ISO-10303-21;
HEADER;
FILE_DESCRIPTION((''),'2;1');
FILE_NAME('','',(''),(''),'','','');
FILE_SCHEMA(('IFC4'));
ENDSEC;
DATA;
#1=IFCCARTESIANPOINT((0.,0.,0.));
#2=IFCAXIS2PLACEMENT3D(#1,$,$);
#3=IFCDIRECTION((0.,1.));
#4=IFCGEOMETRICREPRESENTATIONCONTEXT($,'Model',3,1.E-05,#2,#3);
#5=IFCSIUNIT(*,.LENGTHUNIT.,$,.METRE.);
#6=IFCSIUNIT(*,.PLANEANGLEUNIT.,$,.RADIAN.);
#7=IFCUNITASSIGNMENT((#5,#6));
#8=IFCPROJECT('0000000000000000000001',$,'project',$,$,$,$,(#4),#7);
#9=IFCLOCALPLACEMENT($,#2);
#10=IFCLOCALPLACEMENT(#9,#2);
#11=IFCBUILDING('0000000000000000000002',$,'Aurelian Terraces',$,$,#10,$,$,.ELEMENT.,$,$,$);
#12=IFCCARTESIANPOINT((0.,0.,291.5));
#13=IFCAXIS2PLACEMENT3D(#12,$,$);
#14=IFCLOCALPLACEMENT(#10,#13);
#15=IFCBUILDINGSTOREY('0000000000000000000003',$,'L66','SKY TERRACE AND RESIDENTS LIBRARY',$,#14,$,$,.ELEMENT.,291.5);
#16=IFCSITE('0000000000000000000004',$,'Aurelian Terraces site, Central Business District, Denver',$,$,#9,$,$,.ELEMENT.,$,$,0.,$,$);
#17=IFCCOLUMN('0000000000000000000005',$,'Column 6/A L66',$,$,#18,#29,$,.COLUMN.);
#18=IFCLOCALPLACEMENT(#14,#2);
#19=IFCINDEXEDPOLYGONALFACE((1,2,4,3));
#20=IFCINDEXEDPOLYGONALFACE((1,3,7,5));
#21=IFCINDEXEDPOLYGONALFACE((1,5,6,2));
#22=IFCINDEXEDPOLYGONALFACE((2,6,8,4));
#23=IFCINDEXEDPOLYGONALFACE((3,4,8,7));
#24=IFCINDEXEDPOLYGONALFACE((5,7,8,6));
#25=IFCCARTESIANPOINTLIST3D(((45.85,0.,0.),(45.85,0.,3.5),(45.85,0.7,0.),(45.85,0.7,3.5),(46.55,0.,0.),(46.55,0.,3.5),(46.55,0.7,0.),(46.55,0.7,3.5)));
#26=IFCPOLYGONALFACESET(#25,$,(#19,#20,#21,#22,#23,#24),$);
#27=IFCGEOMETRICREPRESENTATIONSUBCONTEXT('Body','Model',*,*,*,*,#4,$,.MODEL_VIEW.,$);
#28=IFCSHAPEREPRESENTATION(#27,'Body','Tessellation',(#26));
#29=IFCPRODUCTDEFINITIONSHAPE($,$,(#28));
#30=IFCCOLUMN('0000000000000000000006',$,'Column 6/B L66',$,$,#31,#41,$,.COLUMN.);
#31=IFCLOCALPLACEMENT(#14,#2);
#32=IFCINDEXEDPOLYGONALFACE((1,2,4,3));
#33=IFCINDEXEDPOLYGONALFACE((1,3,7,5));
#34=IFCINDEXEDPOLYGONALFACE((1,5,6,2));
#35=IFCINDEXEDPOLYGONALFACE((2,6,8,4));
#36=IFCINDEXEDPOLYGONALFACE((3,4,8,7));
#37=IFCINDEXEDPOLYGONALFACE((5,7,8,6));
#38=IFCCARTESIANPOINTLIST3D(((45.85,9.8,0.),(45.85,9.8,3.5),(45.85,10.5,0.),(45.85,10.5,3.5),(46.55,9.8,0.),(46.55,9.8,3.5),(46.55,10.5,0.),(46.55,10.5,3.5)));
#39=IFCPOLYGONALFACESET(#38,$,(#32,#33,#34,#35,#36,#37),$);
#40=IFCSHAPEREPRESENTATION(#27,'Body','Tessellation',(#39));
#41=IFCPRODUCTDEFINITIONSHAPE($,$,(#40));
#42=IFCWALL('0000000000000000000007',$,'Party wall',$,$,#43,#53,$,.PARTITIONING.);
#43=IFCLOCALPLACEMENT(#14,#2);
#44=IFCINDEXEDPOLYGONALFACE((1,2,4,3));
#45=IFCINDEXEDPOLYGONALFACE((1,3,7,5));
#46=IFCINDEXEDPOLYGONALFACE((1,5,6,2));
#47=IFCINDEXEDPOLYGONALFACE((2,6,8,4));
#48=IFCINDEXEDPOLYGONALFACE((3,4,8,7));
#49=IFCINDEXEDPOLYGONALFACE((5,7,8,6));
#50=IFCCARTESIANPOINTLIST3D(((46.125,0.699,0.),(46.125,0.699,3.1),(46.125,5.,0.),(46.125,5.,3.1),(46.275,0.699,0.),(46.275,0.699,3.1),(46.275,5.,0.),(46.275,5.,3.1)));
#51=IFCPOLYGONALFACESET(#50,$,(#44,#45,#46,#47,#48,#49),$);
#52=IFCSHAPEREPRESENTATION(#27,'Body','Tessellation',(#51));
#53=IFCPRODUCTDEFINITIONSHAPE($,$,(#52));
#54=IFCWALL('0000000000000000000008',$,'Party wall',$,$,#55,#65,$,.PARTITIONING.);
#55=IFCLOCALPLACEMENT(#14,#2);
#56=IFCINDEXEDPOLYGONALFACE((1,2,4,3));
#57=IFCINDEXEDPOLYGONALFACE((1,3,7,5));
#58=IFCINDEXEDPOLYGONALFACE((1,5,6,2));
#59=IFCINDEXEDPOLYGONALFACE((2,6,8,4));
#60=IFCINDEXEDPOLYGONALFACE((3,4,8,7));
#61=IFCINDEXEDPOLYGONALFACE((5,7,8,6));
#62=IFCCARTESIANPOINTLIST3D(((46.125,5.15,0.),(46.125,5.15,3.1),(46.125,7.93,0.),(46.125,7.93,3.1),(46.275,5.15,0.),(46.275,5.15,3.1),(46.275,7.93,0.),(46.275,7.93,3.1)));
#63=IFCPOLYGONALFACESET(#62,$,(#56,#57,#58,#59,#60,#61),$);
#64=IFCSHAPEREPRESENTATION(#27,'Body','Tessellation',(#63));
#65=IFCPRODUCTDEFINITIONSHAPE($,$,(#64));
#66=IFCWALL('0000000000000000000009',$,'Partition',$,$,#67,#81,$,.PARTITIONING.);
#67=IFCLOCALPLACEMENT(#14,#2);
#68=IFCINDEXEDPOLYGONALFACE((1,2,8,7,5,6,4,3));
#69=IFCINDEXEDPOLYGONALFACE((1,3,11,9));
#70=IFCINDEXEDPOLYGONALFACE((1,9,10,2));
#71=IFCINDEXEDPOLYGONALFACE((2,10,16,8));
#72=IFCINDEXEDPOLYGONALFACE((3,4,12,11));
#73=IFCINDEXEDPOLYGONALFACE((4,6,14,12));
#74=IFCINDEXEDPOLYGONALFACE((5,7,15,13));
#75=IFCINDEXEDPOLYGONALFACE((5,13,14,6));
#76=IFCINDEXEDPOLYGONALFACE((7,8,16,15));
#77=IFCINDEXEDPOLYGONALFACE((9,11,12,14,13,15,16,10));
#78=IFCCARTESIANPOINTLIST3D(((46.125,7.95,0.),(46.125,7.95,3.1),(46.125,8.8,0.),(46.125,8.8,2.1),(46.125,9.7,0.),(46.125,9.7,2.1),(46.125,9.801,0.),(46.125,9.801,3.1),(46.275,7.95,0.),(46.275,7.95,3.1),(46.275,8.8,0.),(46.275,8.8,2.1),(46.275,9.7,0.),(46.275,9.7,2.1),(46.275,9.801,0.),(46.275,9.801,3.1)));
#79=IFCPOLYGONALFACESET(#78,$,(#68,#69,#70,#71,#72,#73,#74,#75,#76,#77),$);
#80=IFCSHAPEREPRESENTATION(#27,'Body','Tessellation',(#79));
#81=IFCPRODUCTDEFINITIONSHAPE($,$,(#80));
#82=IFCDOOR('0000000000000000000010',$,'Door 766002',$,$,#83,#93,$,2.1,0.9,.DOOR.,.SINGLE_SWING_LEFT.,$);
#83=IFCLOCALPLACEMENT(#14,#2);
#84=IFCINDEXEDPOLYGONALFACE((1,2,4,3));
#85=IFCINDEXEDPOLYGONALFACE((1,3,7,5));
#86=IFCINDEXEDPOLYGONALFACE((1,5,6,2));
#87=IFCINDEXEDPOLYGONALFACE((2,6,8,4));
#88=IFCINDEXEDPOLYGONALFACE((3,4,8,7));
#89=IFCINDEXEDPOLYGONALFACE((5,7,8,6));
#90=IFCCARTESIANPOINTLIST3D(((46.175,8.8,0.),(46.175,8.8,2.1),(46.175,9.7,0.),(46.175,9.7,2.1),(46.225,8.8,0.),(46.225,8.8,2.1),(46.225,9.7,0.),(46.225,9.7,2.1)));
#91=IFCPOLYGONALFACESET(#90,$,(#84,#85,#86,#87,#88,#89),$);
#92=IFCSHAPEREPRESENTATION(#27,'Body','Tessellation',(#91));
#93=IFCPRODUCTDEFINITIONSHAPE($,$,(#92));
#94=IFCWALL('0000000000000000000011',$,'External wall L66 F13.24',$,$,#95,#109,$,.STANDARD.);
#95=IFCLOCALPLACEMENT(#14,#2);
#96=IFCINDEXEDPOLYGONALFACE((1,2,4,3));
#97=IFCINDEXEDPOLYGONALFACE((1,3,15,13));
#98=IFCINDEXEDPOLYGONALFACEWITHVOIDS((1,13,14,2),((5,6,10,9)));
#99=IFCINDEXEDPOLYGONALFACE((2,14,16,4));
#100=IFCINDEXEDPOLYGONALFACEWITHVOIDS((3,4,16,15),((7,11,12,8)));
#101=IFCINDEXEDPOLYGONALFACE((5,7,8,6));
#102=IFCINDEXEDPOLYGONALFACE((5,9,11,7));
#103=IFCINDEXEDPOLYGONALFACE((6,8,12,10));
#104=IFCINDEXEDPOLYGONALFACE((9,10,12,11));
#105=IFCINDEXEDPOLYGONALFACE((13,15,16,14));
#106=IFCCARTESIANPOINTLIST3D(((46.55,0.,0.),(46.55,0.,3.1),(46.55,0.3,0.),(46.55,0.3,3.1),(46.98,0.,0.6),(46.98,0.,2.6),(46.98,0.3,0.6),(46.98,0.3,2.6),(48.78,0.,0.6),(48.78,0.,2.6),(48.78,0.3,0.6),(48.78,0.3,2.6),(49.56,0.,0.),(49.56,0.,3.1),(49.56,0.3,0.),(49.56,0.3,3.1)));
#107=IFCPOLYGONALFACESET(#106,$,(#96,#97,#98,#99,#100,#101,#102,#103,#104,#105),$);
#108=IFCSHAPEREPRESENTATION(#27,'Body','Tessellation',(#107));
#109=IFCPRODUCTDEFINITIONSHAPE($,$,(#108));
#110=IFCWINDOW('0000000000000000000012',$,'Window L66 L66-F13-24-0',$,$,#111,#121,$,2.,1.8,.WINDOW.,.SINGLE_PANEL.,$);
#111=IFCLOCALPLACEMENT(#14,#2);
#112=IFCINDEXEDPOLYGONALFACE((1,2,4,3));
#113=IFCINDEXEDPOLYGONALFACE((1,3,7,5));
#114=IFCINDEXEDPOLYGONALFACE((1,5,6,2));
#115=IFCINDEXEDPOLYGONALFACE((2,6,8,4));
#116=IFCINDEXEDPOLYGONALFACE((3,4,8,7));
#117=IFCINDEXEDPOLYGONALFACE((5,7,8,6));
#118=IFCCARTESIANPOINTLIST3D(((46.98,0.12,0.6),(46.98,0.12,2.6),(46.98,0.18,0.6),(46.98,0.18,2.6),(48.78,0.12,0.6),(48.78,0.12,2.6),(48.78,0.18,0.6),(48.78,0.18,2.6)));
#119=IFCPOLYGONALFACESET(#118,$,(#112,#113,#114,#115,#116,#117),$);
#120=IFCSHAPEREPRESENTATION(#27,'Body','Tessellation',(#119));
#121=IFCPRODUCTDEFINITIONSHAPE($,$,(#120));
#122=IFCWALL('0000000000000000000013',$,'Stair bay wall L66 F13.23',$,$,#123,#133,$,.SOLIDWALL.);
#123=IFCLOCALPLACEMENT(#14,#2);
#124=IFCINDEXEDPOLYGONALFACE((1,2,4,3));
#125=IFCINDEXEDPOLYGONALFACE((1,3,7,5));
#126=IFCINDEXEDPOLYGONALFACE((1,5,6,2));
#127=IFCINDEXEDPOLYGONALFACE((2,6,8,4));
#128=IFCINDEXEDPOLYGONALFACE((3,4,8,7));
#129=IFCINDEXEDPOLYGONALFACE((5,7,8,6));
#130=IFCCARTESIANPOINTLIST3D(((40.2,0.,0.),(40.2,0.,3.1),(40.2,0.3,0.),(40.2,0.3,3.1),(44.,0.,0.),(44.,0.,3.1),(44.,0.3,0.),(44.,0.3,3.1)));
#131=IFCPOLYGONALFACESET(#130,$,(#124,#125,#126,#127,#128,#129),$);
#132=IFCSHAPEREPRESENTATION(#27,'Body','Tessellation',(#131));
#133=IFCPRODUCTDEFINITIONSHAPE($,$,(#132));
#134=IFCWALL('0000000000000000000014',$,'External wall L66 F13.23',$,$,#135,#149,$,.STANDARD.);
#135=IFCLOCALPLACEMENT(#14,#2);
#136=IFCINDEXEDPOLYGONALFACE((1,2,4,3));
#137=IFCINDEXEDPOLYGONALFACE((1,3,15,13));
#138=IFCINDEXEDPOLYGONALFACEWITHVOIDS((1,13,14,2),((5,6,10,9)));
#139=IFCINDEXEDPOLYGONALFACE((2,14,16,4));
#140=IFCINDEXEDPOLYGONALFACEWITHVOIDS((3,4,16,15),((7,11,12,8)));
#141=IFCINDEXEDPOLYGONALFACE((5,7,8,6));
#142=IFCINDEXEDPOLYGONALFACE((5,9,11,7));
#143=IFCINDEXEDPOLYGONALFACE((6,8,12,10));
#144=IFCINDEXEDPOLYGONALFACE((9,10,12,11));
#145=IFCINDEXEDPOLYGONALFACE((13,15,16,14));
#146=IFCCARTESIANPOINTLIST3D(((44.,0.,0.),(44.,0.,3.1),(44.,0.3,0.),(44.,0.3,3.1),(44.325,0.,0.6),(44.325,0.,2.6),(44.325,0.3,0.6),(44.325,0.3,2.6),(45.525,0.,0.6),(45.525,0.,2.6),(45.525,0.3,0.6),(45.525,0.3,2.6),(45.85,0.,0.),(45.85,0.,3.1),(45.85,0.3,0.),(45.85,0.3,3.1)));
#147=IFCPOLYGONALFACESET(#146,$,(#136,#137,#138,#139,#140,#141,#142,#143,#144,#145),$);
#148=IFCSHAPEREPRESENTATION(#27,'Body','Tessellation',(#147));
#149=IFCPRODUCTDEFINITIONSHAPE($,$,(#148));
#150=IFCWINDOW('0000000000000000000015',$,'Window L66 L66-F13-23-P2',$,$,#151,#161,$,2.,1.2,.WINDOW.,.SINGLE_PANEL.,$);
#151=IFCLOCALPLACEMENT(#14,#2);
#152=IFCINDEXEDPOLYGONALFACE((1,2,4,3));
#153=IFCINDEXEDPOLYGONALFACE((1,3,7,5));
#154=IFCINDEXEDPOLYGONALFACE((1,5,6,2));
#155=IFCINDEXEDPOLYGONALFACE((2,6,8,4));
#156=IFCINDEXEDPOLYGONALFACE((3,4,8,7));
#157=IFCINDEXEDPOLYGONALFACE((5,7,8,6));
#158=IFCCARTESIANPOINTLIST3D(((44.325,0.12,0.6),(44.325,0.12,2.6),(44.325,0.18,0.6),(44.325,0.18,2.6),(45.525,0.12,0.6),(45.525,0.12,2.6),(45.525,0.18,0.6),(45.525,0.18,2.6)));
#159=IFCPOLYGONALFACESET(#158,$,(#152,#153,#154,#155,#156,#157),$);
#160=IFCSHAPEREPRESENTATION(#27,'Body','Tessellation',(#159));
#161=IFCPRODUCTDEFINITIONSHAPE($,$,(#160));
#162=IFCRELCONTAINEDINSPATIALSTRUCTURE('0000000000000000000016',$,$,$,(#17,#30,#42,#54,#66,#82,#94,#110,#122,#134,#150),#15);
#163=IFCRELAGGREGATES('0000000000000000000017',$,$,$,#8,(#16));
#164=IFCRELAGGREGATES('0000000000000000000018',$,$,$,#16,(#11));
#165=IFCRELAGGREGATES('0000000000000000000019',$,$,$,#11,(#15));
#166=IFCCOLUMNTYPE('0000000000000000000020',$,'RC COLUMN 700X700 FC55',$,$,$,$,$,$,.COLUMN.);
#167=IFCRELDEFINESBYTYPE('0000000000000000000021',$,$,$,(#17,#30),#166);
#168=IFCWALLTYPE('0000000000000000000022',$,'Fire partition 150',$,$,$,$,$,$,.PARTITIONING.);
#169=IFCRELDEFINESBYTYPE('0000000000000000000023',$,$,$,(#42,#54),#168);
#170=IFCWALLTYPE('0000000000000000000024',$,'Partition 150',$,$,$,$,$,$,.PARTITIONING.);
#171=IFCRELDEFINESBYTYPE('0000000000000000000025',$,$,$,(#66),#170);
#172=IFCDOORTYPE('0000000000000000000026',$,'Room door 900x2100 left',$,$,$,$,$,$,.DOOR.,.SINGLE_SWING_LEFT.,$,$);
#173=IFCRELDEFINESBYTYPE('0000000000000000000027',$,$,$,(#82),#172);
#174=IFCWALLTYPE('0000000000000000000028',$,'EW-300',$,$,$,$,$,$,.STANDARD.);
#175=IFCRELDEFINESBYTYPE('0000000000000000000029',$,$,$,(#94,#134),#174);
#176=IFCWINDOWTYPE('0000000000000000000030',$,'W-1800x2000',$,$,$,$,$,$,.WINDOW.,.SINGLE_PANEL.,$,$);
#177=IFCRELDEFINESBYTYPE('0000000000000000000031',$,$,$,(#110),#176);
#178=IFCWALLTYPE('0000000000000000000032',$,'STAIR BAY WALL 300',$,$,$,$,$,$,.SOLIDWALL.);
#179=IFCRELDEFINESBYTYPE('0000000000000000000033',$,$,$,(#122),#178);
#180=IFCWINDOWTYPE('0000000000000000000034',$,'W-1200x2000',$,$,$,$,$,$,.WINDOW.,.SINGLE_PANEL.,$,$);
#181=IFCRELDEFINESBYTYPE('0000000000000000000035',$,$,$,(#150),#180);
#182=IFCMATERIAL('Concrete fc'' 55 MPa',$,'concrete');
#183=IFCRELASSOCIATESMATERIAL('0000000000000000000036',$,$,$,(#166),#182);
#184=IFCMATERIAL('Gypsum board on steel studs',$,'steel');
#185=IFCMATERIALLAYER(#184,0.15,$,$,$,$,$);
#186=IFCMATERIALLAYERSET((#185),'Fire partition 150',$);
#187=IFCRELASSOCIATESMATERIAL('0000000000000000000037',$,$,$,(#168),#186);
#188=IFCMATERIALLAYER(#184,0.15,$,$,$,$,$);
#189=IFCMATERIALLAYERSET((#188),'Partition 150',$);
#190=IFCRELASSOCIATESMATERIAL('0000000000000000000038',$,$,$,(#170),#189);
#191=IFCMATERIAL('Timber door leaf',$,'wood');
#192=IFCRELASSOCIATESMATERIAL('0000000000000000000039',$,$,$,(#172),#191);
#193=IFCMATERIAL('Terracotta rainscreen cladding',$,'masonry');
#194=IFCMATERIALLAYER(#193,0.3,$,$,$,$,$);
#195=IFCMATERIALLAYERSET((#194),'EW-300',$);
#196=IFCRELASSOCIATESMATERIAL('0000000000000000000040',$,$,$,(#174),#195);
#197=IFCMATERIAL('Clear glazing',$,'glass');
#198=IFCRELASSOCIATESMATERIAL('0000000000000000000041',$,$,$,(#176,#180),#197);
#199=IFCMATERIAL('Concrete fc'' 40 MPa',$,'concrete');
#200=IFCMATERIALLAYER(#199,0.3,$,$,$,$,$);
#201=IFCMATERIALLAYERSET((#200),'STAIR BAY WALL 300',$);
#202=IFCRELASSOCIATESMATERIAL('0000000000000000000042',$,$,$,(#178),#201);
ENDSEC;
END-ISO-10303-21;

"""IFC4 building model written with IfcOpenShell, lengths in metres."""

from ifc_helpers import new_model, si_unit, direction, frame, frame_2d, origin, origin_2d, place, context, subcontext, project, spatial, rectangle, extrude, source, transform, mapped, material, layer, layer_set, material_profile, profile_set, type_object, element, fill, save


model = new_model("IFC4")

# Units and contexts
model_context = context("Model", 3, precision=1e-05, world=origin(), true_north=direction((0.0, 1.0)))
body_context = subcontext(model_context, "Body", "Model", "MODEL_VIEW")
ifc_project = project(units=[si_unit("LENGTHUNIT", "METRE"), si_unit("PLANEANGLEUNIT", "RADIAN")], contexts=[model_context])

# Site, building, storey
site_placement = place(None, origin())
site = spatial("IfcSite", under=ifc_project, at=site_placement, Name="Aurelian Terraces site, Central Business District, Denver", CompositionType="ELEMENT", RefElevation=0.0)
building_placement = place(site_placement, origin())
building = spatial("IfcBuilding", under=site, at=building_placement, Name="Aurelian Terraces", CompositionType="ELEMENT")
storey_placement = place(building_placement, frame((0.0, 0.0, 291.5)))
storey = spatial("IfcBuildingStorey", under=building, at=storey_placement, Name="L66", Description="SKY TERRACE AND RESIDENTS LIBRARY", CompositionType="ELEMENT", Elevation=291.5)

# Columns
ifc_material_1 = material(Name="Concrete fc' 55 MPa", Category="concrete")
ifc_material_profile = material_profile(ifc_material_1, rectangle(XDim=0.7, YDim=0.7, at=origin_2d()))
ifc_profile_set = profile_set([ifc_material_profile], Name="Concrete fc' 55 MPa")
column_type = type_object("IfcColumnType", Name="RC COLUMN 700X700 FC55", PredefinedType="COLUMN", material=ifc_profile_set)
shared_shape_1 = source(origin(), body_context, "Body", "SweptSolid", [
    extrude(rectangle(XDim=0.7, YDim=0.7, at=origin_2d()), origin(), (0.0, 0.0, 1.0), 3.5),
])
for number, where, z_axis, x_axis, name in (
    (1, (46.2, 0.35, 0.0), (0.0, 0.0, 1.0), (1.0, 0.0, 0.0), "Column 6/A L66"),
    (2, (46.2, 10.15, 0.0), (0.0, 0.0, 1.0), (1.0, 0.0, 0.0), "Column 6/B L66"),
):
    element("IfcColumn", number, at=place(storey_placement, frame(where, z_axis=z_axis, x_axis=x_axis)), inside=storey, type_object=column_type, Name=name, PredefinedType="COLUMN", context=body_context, shape_type="MappedRepresentation", body=[
        mapped(shared_shape_1, transform((0.0, 0.0, 0.0), scale=1.0)),
    ])

# Walls
ifc_material_2 = material(Name="Gypsum board on steel studs", Category="steel")
ifc_layer_1 = layer(ifc_material_2, 0.15)
ifc_layer_set_1 = layer_set([ifc_layer_1], Name="Fire partition 150")
wall_type_1 = type_object("IfcWallType", Name="Fire partition 150", PredefinedType="PARTITIONING", material=ifc_layer_set_1)
wall_1_placement = place(storey_placement, frame((46.2, 0.699, 0.0), z_axis=(0.0, 0.0, 1.0), x_axis=(0.0, 1.0, 0.0)))
element("IfcWall", 3, at=wall_1_placement, inside=storey, type_object=wall_type_1, Name="Party wall", PredefinedType="PARTITIONING", context=body_context, shape_type="SweptSolid", body=[
    extrude(rectangle(XDim=4.301, YDim=0.15, at=frame_2d((2.1505, 0.0))), origin(), (0.0, 0.0, 1.0), 3.1),
])
wall_2_placement = place(storey_placement, frame((46.2, 5.15, 0.0), z_axis=(0.0, 0.0, 1.0), x_axis=(0.0, 1.0, 0.0)))
element("IfcWall", 4, at=wall_2_placement, inside=storey, type_object=wall_type_1, Name="Party wall", PredefinedType="PARTITIONING", context=body_context, shape_type="SweptSolid", body=[
    extrude(rectangle(XDim=2.78, YDim=0.15, at=frame_2d((1.39, 0.0))), origin(), (0.0, 0.0, 1.0), 3.1),
])

# Wall, opening, door
ifc_layer_2 = layer(ifc_material_2, 0.15)
ifc_layer_set_2 = layer_set([ifc_layer_2], Name="Partition 150")
wall_type_2 = type_object("IfcWallType", Name="Partition 150", PredefinedType="PARTITIONING", material=ifc_layer_set_2)
wall_3_placement = place(storey_placement, frame((46.2, 9.801, 0.0), z_axis=(0.0, 0.0, 1.0), x_axis=(0.0, -1.0, 0.0)))
wall_3 = element("IfcWall", 5, at=wall_3_placement, inside=storey, type_object=wall_type_2, Name="Partition", PredefinedType="PARTITIONING", context=body_context, shape_type="SweptSolid", body=[
    extrude(rectangle(XDim=1.851, YDim=0.15, at=frame_2d((0.9255, 0.0))), origin(), (0.0, 0.0, 1.0), 3.1),
])
shared_shape_2 = source(origin(), body_context, "Body", "SweptSolid", [
    extrude(rectangle(XDim=0.9, YDim=2.1, at=frame_2d((0.45, 1.05))), frame((0.0, 0.085, 0.0), z_axis=(0.0, -1.0, 0.0), x_axis=(1.0, 0.0, 0.0)), (0.0, 0.0, 1.0), 0.17),
])
opening_1_placement = place(wall_3_placement, frame((0.101, 0.0, 0.0)))
opening_1 = element("IfcOpeningElement", 6, at=opening_1_placement, cuts=wall_3, PredefinedType="OPENING", context=body_context, shape_type="MappedRepresentation", body=[
    mapped(shared_shape_2, transform((0.0, 0.0, 0.0), scale=1.0)),
])
ifc_material_3 = material(Name="Timber door leaf", Category="wood")
door_type_1 = type_object("IfcDoorType", Name="Room door 900x2100 left", OperationType="SINGLE_SWING_LEFT", PredefinedType="DOOR", material=ifc_material_3)
shared_shape_3 = source(origin(), body_context, "Body", "SweptSolid", [
    extrude(rectangle(XDim=0.9, YDim=2.1, at=frame_2d((0.45, 1.05))), frame((0.0, 0.025, 0.0), z_axis=(0.0, -1.0, 0.0), x_axis=(1.0, 0.0, 0.0)), (0.0, 0.0, 1.0), 0.05),
])
door_1_placement = place(opening_1_placement, origin())
door_1 = element("IfcDoor", 7, at=door_1_placement, inside=storey, type_object=door_type_1, Name="Door 766002", OperationType="SINGLE_SWING_LEFT", OverallHeight=2.1, OverallWidth=0.9, PredefinedType="DOOR", context=body_context, shape_type="MappedRepresentation", body=[
    mapped(shared_shape_3, transform((0.0, 0.0, 0.0), scale=1.0)),
])
fill(opening_1, door_1)

# Wall, opening, window
ifc_material_4 = material(Name="Terracotta rainscreen cladding", Category="masonry")
ifc_layer_3 = layer(ifc_material_4, 0.3)
ifc_layer_set_3 = layer_set([ifc_layer_3], Name="EW-300")
wall_type_3 = type_object("IfcWallType", Name="EW-300", PredefinedType="STANDARD", material=ifc_layer_set_3)
shared_shape_4 = source(origin(), body_context, "Body", "SweptSolid", [
    extrude(rectangle(XDim=3.01, YDim=0.3, at=frame_2d((1.505, 0.0))), origin(), (0.0, 0.0, 1.0), 3.1),
])
wall_4_placement = place(storey_placement, frame((46.55, 0.15, 0.0), z_axis=(0.0, 0.0, 1.0), x_axis=(1.0, 0.0, 0.0)))
wall_4 = element("IfcWall", 8, at=wall_4_placement, inside=storey, type_object=wall_type_3, Name="External wall L66 F13.24", PredefinedType="STANDARD", context=body_context, shape_type="MappedRepresentation", body=[
    mapped(shared_shape_4, transform((0.0, 0.0, 0.0), scale=1.0)),
])
shared_shape_5 = source(origin(), body_context, "Body", "SweptSolid", [
    extrude(rectangle(XDim=1.8, YDim=2.0, at=frame_2d((0.9, 1.0))), frame((0.0, 0.16, 0.0), z_axis=(0.0, -1.0, 0.0), x_axis=(1.0, 0.0, 0.0)), (0.0, 0.0, 1.0), 0.32),
])
opening_2_placement = place(wall_4_placement, frame((0.43, 0.0, 0.6)))
opening_2 = element("IfcOpeningElement", 9, at=opening_2_placement, cuts=wall_4, PredefinedType="OPENING", context=body_context, shape_type="MappedRepresentation", body=[
    mapped(shared_shape_5, transform((0.0, 0.0, 0.0), scale=1.0)),
])
ifc_material_5 = material(Name="Clear glazing", Category="glass")
window_type_1 = type_object("IfcWindowType", Name="W-1800x2000", PartitioningType="SINGLE_PANEL", PredefinedType="WINDOW", material=ifc_material_5)
shared_shape_6 = source(origin(), body_context, "Body", "SweptSolid", [
    extrude(rectangle(XDim=1.8, YDim=2.0, at=frame_2d((0.9, 1.0))), frame((0.0, 0.03, 0.0), z_axis=(0.0, -1.0, 0.0), x_axis=(1.0, 0.0, 0.0)), (0.0, 0.0, 1.0), 0.06),
])
window_1_placement = place(opening_2_placement, origin())
window_1 = element("IfcWindow", 10, at=window_1_placement, inside=storey, type_object=window_type_1, Name="Window L66 L66-F13-24-0", OverallHeight=2.0, OverallWidth=1.8, PartitioningType="SINGLE_PANEL", PredefinedType="WINDOW", context=body_context, shape_type="MappedRepresentation", body=[
    mapped(shared_shape_6, transform((0.0, 0.0, 0.0), scale=1.0)),
])
fill(opening_2, window_1)

# Wall
ifc_material_6 = material(Name="Concrete fc' 40 MPa", Category="concrete")
ifc_layer_4 = layer(ifc_material_6, 0.3)
ifc_layer_set_4 = layer_set([ifc_layer_4], Name="STAIR BAY WALL 300")
wall_type_4 = type_object("IfcWallType", Name="STAIR BAY WALL 300", PredefinedType="SOLIDWALL", material=ifc_layer_set_4)
shared_shape_7 = source(origin(), body_context, "Body", "SweptSolid", [
    extrude(rectangle(XDim=3.8, YDim=0.3, at=frame_2d((1.9, 0.0))), origin(), (0.0, 0.0, 1.0), 3.1),
])
wall_5_placement = place(storey_placement, frame((40.2, 0.15, 0.0), z_axis=(0.0, 0.0, 1.0), x_axis=(1.0, 0.0, 0.0)))
element("IfcWall", 11, at=wall_5_placement, inside=storey, type_object=wall_type_4, Name="Stair bay wall L66 F13.23", PredefinedType="SOLIDWALL", context=body_context, shape_type="MappedRepresentation", body=[
    mapped(shared_shape_7, transform((0.0, 0.0, 0.0), scale=1.0)),
])

# Wall, opening, window
shared_shape_8 = source(origin(), body_context, "Body", "SweptSolid", [
    extrude(rectangle(XDim=1.85, YDim=0.3, at=frame_2d((0.925, 0.0))), origin(), (0.0, 0.0, 1.0), 3.1),
])
wall_6_placement = place(storey_placement, frame((44.0, 0.15, 0.0), z_axis=(0.0, 0.0, 1.0), x_axis=(1.0, 0.0, 0.0)))
wall_6 = element("IfcWall", 12, at=wall_6_placement, inside=storey, type_object=wall_type_3, Name="External wall L66 F13.23", PredefinedType="STANDARD", context=body_context, shape_type="MappedRepresentation", body=[
    mapped(shared_shape_8, transform((0.0, 0.0, 0.0), scale=1.0)),
])
shared_shape_9 = source(origin(), body_context, "Body", "SweptSolid", [
    extrude(rectangle(XDim=1.2, YDim=2.0, at=frame_2d((0.6, 1.0))), frame((0.0, 0.16, 0.0), z_axis=(0.0, -1.0, 0.0), x_axis=(1.0, 0.0, 0.0)), (0.0, 0.0, 1.0), 0.32),
])
opening_3_placement = place(wall_6_placement, frame((0.325, 0.0, 0.6)))
opening_3 = element("IfcOpeningElement", 13, at=opening_3_placement, cuts=wall_6, PredefinedType="OPENING", context=body_context, shape_type="MappedRepresentation", body=[
    mapped(shared_shape_9, transform((0.0, 0.0, 0.0), scale=1.0)),
])
window_type_2 = type_object("IfcWindowType", Name="W-1200x2000", PartitioningType="SINGLE_PANEL", PredefinedType="WINDOW", material=ifc_material_5)
shared_shape_10 = source(origin(), body_context, "Body", "SweptSolid", [
    extrude(rectangle(XDim=1.2, YDim=2.0, at=frame_2d((0.6, 1.0))), frame((0.0, 0.03, 0.0), z_axis=(0.0, -1.0, 0.0), x_axis=(1.0, 0.0, 0.0)), (0.0, 0.0, 1.0), 0.06),
])
window_2_placement = place(opening_3_placement, origin())
window_2 = element("IfcWindow", 14, at=window_2_placement, inside=storey, type_object=window_type_2, Name="Window L66 L66-F13-23-P2", OverallHeight=2.0, OverallWidth=1.2, PartitioningType="SINGLE_PANEL", PredefinedType="WINDOW", context=body_context, shape_type="MappedRepresentation", body=[
    mapped(shared_shape_10, transform((0.0, 0.0, 0.0), scale=1.0)),
])
fill(opening_3, window_2)

save(model, "model.ifc")
